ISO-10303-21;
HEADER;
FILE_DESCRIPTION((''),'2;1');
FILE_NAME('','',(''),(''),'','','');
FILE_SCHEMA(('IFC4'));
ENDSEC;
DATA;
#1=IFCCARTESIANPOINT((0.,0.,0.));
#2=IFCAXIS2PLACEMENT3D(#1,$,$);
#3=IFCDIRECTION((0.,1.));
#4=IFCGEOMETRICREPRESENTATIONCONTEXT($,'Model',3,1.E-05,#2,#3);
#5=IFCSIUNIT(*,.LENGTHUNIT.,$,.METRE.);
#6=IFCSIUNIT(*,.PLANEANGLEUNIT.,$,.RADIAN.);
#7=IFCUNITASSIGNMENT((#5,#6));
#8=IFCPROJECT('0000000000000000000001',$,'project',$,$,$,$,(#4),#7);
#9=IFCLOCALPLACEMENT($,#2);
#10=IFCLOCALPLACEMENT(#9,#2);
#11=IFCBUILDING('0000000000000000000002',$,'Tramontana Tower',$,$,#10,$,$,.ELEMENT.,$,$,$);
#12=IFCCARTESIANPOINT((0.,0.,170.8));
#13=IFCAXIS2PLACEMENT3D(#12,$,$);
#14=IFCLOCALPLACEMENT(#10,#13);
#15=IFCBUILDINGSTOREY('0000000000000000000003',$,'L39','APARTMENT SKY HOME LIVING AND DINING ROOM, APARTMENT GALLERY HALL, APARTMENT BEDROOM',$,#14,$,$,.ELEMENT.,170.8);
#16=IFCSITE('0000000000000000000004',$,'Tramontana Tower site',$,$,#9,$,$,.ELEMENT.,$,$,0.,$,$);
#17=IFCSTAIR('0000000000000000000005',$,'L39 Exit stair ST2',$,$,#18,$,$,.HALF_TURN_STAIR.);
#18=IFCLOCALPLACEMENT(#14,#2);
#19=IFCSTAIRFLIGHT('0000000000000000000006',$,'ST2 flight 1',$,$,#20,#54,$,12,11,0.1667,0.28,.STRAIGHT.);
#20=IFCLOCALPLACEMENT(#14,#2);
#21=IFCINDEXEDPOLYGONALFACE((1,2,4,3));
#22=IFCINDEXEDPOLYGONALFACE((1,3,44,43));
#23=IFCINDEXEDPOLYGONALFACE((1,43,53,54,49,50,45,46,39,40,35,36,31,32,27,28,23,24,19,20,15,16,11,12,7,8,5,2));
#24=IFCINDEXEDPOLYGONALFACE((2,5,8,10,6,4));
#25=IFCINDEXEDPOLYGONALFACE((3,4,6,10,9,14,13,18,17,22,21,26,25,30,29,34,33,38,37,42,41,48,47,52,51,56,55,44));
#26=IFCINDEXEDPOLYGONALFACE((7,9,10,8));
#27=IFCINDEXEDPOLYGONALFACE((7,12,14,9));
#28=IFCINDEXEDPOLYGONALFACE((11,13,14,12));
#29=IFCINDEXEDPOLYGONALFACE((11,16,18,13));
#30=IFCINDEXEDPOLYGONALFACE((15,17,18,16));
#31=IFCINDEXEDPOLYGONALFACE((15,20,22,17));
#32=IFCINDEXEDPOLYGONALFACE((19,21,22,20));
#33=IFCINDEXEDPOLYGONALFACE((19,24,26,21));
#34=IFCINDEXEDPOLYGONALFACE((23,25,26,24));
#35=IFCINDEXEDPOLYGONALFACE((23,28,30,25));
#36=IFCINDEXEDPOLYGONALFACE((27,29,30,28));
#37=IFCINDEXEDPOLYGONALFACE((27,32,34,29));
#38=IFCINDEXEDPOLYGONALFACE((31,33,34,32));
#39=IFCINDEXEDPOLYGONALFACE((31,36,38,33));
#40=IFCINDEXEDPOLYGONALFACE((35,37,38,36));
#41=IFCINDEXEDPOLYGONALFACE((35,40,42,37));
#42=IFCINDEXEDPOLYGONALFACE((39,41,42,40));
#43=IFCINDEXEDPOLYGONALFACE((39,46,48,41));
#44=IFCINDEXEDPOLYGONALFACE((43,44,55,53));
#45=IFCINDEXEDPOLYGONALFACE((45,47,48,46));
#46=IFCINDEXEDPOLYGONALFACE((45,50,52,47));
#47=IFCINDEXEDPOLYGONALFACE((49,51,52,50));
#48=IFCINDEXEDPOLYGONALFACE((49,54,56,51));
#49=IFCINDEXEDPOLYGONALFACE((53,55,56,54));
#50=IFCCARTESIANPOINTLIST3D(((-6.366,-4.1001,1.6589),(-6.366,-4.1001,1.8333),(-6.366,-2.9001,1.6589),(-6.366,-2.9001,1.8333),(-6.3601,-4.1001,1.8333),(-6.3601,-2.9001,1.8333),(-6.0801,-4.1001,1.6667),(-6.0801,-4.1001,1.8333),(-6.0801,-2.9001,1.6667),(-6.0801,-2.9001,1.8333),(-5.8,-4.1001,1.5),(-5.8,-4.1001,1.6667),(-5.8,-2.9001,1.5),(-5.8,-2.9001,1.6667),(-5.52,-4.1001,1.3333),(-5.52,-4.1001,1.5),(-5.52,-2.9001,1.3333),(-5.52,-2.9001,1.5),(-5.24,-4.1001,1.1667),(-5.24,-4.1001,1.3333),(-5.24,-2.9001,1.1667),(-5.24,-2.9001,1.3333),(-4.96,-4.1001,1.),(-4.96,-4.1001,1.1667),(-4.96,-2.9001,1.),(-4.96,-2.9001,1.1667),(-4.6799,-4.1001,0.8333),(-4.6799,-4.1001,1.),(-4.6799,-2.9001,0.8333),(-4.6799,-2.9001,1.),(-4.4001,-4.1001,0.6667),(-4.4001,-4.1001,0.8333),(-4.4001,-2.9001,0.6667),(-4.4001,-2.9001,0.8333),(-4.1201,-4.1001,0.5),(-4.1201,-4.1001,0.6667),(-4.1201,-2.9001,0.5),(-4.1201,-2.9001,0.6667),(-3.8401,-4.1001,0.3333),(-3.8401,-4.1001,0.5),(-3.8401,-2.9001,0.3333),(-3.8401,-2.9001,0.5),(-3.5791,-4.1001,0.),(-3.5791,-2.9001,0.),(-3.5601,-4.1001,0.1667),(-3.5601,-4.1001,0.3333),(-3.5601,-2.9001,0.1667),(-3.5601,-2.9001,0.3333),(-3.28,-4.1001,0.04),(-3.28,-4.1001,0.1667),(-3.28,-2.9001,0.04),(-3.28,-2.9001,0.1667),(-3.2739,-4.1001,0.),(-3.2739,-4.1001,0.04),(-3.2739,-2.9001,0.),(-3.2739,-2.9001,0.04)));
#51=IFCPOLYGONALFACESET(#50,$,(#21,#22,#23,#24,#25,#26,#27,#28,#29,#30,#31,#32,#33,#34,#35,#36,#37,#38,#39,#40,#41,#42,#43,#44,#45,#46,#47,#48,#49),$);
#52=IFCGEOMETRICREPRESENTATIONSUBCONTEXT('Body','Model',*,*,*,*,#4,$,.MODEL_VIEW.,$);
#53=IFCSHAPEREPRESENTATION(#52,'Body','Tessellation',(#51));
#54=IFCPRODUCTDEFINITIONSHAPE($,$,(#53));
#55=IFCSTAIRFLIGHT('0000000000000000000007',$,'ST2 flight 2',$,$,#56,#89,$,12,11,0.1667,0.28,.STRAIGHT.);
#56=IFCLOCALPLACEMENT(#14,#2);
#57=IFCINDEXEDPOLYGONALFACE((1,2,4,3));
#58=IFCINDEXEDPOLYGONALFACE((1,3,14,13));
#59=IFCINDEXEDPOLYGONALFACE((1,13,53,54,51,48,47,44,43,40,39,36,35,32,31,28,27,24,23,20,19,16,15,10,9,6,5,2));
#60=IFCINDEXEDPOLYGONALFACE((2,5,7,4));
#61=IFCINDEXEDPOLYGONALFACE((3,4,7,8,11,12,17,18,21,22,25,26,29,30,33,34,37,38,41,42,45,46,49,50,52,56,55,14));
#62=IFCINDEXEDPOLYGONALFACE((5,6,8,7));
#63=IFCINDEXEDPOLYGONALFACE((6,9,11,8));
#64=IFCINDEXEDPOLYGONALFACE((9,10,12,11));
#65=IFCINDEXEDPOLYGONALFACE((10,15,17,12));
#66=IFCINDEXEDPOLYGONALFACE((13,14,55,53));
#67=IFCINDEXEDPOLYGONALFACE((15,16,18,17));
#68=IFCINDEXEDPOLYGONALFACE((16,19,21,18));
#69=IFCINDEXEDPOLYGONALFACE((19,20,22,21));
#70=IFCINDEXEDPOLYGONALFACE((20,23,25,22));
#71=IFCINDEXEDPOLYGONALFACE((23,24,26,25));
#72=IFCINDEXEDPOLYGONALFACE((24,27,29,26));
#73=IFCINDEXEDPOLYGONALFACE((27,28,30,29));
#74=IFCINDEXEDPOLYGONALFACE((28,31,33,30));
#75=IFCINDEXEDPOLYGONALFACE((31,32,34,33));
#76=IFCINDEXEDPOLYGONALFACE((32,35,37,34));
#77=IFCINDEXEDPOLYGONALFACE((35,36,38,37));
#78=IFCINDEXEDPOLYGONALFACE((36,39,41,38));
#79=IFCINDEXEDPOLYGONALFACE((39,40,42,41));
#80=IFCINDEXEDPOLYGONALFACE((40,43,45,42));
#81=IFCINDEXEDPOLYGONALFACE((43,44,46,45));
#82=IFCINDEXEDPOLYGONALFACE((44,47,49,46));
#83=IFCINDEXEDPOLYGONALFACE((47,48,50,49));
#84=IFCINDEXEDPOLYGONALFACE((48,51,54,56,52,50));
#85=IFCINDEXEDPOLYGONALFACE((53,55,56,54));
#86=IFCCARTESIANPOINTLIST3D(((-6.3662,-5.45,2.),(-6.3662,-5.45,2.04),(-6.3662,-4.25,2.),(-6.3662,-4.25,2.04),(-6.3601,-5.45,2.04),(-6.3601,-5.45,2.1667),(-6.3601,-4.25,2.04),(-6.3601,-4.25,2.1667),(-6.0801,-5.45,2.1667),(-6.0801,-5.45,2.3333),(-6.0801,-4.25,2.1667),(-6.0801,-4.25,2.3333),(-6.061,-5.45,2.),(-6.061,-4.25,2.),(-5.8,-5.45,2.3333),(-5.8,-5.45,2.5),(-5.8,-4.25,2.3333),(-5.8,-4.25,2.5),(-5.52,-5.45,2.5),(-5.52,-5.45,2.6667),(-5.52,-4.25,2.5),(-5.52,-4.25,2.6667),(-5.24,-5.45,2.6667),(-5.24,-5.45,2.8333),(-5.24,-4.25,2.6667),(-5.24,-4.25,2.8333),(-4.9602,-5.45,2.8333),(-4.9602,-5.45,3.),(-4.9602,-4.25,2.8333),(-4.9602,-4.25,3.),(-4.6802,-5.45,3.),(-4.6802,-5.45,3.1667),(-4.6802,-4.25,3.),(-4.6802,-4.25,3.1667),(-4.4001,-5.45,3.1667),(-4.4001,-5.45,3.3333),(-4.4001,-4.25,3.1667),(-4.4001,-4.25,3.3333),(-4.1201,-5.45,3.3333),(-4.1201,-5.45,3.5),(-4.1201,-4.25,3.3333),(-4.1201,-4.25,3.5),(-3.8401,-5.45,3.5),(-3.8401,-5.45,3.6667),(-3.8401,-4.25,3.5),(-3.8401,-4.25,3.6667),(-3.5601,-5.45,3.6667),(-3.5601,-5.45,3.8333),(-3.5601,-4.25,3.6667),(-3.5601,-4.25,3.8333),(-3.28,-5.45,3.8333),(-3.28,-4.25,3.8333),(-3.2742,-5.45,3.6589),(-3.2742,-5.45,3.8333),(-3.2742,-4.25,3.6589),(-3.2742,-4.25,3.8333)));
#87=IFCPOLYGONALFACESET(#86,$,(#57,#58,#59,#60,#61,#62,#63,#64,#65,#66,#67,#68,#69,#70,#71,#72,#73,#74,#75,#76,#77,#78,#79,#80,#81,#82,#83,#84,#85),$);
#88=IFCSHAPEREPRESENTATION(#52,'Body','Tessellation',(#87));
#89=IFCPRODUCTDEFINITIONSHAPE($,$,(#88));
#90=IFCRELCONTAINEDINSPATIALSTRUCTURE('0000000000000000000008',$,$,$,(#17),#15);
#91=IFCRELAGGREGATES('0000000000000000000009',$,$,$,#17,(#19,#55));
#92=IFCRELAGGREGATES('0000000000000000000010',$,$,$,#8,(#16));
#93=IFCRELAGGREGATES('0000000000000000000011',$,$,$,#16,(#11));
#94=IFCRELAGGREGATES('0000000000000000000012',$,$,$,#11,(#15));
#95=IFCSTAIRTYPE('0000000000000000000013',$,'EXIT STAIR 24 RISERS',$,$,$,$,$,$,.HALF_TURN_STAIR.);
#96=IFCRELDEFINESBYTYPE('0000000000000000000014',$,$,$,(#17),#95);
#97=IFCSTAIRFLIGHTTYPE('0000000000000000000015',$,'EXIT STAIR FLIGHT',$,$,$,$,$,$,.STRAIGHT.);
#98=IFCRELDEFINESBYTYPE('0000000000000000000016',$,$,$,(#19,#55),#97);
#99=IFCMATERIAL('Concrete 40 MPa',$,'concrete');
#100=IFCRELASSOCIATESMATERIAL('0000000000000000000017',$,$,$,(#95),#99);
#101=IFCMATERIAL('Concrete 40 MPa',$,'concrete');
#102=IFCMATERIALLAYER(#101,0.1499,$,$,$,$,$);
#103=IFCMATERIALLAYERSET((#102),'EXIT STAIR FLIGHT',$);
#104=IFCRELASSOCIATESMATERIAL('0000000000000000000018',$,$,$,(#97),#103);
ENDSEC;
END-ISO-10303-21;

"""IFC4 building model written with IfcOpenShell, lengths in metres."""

from ifc_helpers import new_model, si_unit, direction, frame, origin, place, context, subcontext, project, spatial, polyline, outline, extrude, material, layer, layer_set, type_object, element, aggregate, save


model = new_model("IFC4")

# Units and contexts
model_context = context("Model", 3, precision=1e-05, world=origin(), true_north=direction((0.0, 1.0)))
body_context = subcontext(model_context, "Body", "Model", "MODEL_VIEW")
ifc_project = project(units=[si_unit("LENGTHUNIT", "METRE"), si_unit("PLANEANGLEUNIT", "RADIAN")], contexts=[model_context])

# Site, building, storey
site_placement = place(None, origin())
site = spatial("IfcSite", under=ifc_project, at=site_placement, Name="Tramontana Tower site", CompositionType="ELEMENT", RefElevation=0.0)
building_placement = place(site_placement, origin())
building = spatial("IfcBuilding", under=site, at=building_placement, Name="Tramontana Tower", CompositionType="ELEMENT")
storey_placement = place(building_placement, frame((0.0, 0.0, 170.8)))
storey = spatial("IfcBuildingStorey", under=building, at=storey_placement, Name="L39", Description="APARTMENT SKY HOME LIVING AND DINING ROOM, APARTMENT GALLERY HALL, APARTMENT BEDROOM", CompositionType="ELEMENT", Elevation=170.8)

# Stair, stair flights
ifc_material_1 = material(Name="Concrete 40 MPa", Category="concrete")
stair_type = type_object("IfcStairType", Name="EXIT STAIR 24 RISERS", PredefinedType="HALF_TURN_STAIR", material=ifc_material_1)
stair_placement = place(storey_placement, origin())
stair = element("IfcStair", 1, at=stair_placement, inside=storey, type_object=stair_type, Name="L39 Exit stair ST2", PredefinedType="HALF_TURN_STAIR")
ifc_material_2 = material(Name="Concrete 40 MPa", Category="concrete")
ifc_layer_1 = layer(ifc_material_2, 0.1499)
ifc_layer_set_1 = layer_set([ifc_layer_1], Name="EXIT STAIR FLIGHT")
stair_flight_type = type_object("IfcStairFlightType", Name="EXIT STAIR FLIGHT", PredefinedType="STRAIGHT", material=ifc_layer_set_1)
stair_flight_1_placement = place(storey_placement, frame((-3.28, -3.5, 0.0), z_axis=(0.0, 0.0, 1.0), x_axis=(-1.0, 0.0, 0.0)))
stair_flight_1 = element("IfcStairFlight", 2, at=stair_flight_1_placement, type_object=stair_flight_type, Name="ST2 flight 1", NumberOfRisers=12, NumberOfTreads=11, PredefinedType="STRAIGHT", RiserHeight=0.1667, TreadLength=0.28, context=body_context, shape_type="SweptSolid", body=[
    extrude(outline(polyline([(-0.0061, 0.0), (-0.0061, 0.04), (0.0, 0.04), (0.0, 0.1667), (0.28, 0.1667), (0.28, 0.3333), (0.5601, 0.3333), (0.5601, 0.5), (0.8401, 0.5), (0.8401, 0.6667), (1.1201, 0.6667), (1.1201, 0.8333), (1.3999, 0.8333), (1.3999, 1.0), (1.6799, 1.0), (1.6799, 1.1667), (1.96, 1.1667), (1.96, 1.3333), (2.24, 1.3333), (2.24, 1.5), (2.52, 1.5), (2.52, 1.6667), (2.8, 1.6667), (2.8, 1.8333), (3.0801, 1.8333), (3.0859, 1.8333), (3.0859, 1.6589), (0.2991, 0.0), (-0.0061, 0.0)])), frame((0.0, 0.6001, 0.0), z_axis=(0.0, -1.0, 0.0), x_axis=(1.0, 0.0, 0.0)), (0.0, 0.0, 1.0), 1.2),
])
stair_flight_2_placement = place(storey_placement, frame((-6.3601, -4.8501, 2.0), z_axis=(0.0, 0.0, 1.0), x_axis=(1.0, 0.0, 0.0)))
stair_flight_2 = element("IfcStairFlight", 3, at=stair_flight_2_placement, type_object=stair_flight_type, Name="ST2 flight 2", NumberOfRisers=12, NumberOfTreads=11, PredefinedType="STRAIGHT", RiserHeight=0.1667, TreadLength=0.28, context=body_context, shape_type="SweptSolid", body=[
    extrude(outline(polyline([(-0.0061, 0.0), (-0.0061, 0.04), (0.0, 0.04), (0.0, 0.1667), (0.28, 0.1667), (0.28, 0.3333), (0.5601, 0.3333), (0.5601, 0.5), (0.8401, 0.5), (0.8401, 0.6667), (1.1201, 0.6667), (1.1201, 0.8333), (1.3999, 0.8333), (1.3999, 1.0), (1.6799, 1.0), (1.6799, 1.1667), (1.96, 1.1667), (1.96, 1.3333), (2.24, 1.3333), (2.24, 1.5), (2.52, 1.5), (2.52, 1.6667), (2.8, 1.6667), (2.8, 1.8333), (3.0801, 1.8333), (3.0859, 1.8333), (3.0859, 1.6589), (0.2991, 0.0), (-0.0061, 0.0)])), frame((0.0, 0.6001, 0.0), z_axis=(0.0, -1.0, 0.0), x_axis=(1.0, 0.0, 0.0)), (0.0, 0.0, 1.0), 1.2),
])
aggregate(stair, [stair_flight_1, stair_flight_2])

save(model, "model.ifc")
